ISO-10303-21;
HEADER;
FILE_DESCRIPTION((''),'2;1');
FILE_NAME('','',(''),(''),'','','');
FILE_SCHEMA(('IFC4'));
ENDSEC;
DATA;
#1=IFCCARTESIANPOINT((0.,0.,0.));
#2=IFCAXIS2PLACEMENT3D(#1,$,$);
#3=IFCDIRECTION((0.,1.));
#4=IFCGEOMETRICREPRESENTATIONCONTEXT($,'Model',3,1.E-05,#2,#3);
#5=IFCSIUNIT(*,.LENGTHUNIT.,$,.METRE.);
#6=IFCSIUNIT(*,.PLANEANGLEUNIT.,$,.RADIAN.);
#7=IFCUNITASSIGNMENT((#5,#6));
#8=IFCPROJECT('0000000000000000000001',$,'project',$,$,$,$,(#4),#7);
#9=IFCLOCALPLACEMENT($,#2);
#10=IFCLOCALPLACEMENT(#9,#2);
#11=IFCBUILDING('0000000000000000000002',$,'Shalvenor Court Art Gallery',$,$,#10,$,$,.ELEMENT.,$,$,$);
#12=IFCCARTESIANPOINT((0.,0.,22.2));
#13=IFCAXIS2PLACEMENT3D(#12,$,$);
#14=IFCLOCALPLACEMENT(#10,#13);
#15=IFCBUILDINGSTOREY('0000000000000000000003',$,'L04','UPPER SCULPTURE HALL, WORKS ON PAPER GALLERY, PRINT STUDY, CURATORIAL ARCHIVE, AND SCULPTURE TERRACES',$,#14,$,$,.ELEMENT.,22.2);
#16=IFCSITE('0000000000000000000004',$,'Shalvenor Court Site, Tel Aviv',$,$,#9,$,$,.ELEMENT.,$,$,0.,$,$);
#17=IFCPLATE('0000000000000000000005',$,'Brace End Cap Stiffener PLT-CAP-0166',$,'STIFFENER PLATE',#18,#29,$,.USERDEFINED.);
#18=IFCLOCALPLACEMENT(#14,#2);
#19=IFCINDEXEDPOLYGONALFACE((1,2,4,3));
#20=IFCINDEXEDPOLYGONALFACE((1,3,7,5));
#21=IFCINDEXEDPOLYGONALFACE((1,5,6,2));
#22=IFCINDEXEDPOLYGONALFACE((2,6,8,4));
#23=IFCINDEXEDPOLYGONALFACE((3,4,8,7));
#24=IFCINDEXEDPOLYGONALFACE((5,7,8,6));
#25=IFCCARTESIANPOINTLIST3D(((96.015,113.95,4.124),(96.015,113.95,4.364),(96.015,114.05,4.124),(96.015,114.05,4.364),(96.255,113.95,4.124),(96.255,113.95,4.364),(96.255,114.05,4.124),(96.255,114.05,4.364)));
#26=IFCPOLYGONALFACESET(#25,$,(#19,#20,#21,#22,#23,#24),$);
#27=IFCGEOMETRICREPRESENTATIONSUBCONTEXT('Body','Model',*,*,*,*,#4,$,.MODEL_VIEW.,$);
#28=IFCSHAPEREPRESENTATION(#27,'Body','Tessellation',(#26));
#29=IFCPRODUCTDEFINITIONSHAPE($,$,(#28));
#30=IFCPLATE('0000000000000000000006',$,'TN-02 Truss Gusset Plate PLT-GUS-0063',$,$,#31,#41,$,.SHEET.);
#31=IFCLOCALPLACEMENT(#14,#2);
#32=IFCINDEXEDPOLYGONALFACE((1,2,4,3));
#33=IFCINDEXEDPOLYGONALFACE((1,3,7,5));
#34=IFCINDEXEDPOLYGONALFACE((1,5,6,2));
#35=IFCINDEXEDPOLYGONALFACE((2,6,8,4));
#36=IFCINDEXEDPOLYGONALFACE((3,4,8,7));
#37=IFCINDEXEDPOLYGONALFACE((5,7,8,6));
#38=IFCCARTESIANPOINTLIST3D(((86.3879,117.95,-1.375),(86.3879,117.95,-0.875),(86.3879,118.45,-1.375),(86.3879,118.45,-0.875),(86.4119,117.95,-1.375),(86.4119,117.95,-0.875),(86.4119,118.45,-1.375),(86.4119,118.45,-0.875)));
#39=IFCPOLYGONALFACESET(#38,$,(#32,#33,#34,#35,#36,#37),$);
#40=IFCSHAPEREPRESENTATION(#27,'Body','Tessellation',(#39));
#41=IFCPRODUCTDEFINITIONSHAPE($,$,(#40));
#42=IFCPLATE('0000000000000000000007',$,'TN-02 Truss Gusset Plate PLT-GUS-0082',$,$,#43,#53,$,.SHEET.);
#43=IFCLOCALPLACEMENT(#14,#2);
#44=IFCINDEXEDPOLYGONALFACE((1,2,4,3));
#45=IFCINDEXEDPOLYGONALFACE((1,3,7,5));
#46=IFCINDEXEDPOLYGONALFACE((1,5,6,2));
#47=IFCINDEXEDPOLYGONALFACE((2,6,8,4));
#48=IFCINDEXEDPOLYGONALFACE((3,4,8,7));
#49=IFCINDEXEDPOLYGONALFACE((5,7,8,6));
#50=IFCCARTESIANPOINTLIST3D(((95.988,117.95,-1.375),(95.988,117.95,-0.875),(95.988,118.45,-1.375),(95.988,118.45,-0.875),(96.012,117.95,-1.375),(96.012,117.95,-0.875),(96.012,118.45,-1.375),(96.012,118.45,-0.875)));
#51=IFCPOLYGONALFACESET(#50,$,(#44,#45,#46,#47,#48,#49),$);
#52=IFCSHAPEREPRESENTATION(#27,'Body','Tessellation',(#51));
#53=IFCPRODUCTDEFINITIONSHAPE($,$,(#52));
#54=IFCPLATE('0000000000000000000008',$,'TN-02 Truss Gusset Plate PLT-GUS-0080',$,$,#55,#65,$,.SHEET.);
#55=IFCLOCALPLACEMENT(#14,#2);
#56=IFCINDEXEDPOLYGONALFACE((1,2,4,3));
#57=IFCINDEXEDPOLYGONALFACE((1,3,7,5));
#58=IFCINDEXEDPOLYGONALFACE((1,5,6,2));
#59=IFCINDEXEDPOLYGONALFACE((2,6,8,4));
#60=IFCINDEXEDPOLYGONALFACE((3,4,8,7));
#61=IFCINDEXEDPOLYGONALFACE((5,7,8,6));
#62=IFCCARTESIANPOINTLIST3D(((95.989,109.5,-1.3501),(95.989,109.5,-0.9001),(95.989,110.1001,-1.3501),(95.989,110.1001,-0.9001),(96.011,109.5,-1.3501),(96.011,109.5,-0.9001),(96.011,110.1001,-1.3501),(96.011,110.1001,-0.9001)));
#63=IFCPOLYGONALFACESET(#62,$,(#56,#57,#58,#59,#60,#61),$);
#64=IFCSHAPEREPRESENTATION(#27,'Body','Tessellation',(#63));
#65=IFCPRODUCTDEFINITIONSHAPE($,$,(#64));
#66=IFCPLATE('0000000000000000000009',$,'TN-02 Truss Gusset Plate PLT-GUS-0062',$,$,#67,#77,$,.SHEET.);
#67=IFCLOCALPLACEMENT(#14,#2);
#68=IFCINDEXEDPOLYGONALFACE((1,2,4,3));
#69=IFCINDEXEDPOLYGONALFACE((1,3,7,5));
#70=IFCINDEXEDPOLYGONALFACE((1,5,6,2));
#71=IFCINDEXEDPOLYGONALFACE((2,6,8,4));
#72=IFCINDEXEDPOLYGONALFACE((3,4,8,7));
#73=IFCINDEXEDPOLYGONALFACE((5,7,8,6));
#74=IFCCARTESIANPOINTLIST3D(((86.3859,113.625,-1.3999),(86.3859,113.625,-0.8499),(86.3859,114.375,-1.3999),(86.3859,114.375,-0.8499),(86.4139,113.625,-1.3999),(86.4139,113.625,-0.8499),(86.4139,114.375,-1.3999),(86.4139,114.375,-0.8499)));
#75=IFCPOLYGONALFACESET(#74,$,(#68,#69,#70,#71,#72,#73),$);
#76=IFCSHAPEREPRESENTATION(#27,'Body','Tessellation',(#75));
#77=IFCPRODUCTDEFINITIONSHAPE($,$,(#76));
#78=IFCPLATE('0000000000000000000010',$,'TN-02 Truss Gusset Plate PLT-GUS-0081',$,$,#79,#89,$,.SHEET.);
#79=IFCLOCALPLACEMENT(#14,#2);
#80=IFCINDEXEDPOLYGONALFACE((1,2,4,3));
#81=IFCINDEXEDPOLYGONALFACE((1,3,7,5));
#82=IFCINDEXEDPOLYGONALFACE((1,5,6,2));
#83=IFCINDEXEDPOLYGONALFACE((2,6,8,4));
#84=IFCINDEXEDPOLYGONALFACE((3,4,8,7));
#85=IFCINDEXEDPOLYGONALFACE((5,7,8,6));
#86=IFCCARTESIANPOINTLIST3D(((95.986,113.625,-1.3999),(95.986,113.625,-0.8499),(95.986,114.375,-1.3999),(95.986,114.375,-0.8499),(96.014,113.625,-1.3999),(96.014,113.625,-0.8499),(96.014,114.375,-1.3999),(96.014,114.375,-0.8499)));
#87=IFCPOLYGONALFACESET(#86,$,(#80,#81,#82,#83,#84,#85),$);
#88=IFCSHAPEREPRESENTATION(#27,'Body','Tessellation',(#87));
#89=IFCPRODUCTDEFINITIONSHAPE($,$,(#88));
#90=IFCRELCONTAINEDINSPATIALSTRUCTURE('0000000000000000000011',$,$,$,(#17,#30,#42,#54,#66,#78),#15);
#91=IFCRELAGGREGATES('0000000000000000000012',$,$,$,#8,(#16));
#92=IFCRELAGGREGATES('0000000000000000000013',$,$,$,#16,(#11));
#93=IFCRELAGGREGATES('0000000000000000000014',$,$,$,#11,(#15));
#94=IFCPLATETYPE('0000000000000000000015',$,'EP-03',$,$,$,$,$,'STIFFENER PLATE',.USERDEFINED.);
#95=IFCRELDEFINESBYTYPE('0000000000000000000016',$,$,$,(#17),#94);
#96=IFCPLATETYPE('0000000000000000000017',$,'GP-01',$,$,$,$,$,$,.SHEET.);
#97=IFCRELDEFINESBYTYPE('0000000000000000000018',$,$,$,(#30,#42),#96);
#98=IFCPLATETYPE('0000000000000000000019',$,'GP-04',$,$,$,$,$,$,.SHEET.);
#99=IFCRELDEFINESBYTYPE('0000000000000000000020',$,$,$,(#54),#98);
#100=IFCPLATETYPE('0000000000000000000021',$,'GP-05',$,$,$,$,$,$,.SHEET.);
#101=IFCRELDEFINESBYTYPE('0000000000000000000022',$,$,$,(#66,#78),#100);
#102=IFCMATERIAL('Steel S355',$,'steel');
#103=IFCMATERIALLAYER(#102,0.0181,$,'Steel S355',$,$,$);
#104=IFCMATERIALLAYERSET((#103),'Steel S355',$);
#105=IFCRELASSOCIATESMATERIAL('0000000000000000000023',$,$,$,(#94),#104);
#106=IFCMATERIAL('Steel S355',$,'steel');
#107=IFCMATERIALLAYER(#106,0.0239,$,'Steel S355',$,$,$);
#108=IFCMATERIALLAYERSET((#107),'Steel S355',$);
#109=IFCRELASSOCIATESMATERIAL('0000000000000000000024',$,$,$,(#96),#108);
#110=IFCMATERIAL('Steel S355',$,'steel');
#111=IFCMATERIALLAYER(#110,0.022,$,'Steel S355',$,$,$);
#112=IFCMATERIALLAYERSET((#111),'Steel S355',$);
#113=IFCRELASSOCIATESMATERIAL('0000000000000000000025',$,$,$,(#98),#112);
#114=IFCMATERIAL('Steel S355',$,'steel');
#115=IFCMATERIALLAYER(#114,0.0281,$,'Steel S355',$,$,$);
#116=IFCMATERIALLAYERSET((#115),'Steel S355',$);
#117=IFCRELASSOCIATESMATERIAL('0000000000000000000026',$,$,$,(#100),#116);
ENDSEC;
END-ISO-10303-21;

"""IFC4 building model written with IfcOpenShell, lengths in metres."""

from ifc_helpers import new_model, si_unit, direction, frame, origin, origin_2d, place, context, subcontext, project, spatial, rectangle, extrude, material, layer, layer_set, type_object, element, save


model = new_model("IFC4")

# Units and contexts
model_context = context("Model", 3, precision=1e-05, world=origin(), true_north=direction((0.0, 1.0)))
body_context = subcontext(model_context, "Body", "Model", "MODEL_VIEW")
ifc_project = project(units=[si_unit("LENGTHUNIT", "METRE"), si_unit("PLANEANGLEUNIT", "RADIAN")], contexts=[model_context])

# Site, building, storey
site_placement = place(None, origin())
site = spatial("IfcSite", under=ifc_project, at=site_placement, Name="Shalvenor Court Site, Tel Aviv", CompositionType="ELEMENT", RefElevation=0.0)
building_placement = place(site_placement, origin())
building = spatial("IfcBuilding", under=site, at=building_placement, Name="Shalvenor Court Art Gallery", CompositionType="ELEMENT")
storey_placement = place(building_placement, frame((0.0, 0.0, 22.2)))
storey = spatial("IfcBuildingStorey", under=building, at=storey_placement, Name="L04", Description="UPPER SCULPTURE HALL, WORKS ON PAPER GALLERY, PRINT STUDY, CURATORIAL ARCHIVE, AND SCULPTURE TERRACES", CompositionType="ELEMENT", Elevation=22.2)

# Plates
ifc_material_1 = material(Name="Steel S355", Category="steel")
ifc_layer_1 = layer(ifc_material_1, 0.0181, Name="Steel S355")
ifc_layer_set_1 = layer_set([ifc_layer_1], Name="Steel S355")
plate_type_1 = type_object("IfcPlateType", Name="EP-03", ElementType="STIFFENER PLATE", PredefinedType="USERDEFINED", material=ifc_layer_set_1)
plate_1_placement = place(storey_placement, frame((96.135, 114.0, 4.124), z_axis=(0.0, 0.0, 1.0), x_axis=(1.0, 0.0, 0.0)))
element("IfcPlate", 1, at=plate_1_placement, inside=storey, type_object=plate_type_1, Name="Brace End Cap Stiffener PLT-CAP-0166", ObjectType="STIFFENER PLATE", PredefinedType="USERDEFINED", context=body_context, shape_type="SweptSolid", body=[
    extrude(rectangle(XDim=0.24, YDim=0.1001, at=origin_2d()), origin(), (0.0, 0.0, 1.0), 0.24),
])
ifc_material_2 = material(Name="Steel S355", Category="steel")
ifc_layer_2 = layer(ifc_material_2, 0.0239, Name="Steel S355")
ifc_layer_set_2 = layer_set([ifc_layer_2], Name="Steel S355")
plate_type_2 = type_object("IfcPlateType", Name="GP-01", PredefinedType="SHEET", material=ifc_layer_set_2)
for number, where, z_axis, x_axis, name in (
    (2, (86.3999, 118.2, -1.375), (0.0, 0.0, 1.0), (0.0, 1.0, 0.0), "TN-02 Truss Gusset Plate PLT-GUS-0063"),
    (3, (96.0, 118.2, -1.375), (0.0, 0.0, 1.0), (0.0, 1.0, 0.0), "TN-02 Truss Gusset Plate PLT-GUS-0082"),
):
    element("IfcPlate", number, at=place(storey_placement, frame(where, z_axis=z_axis, x_axis=x_axis)), inside=storey, type_object=plate_type_2, Name=name, PredefinedType="SHEET", context=body_context, shape_type="SweptSolid", body=[
        extrude(rectangle(XDim=0.5, YDim=0.0239, at=origin_2d()), origin(), (0.0, 0.0, 1.0), 0.5),
    ])
ifc_material_3 = material(Name="Steel S355", Category="steel")
ifc_layer_3 = layer(ifc_material_3, 0.022, Name="Steel S355")
ifc_layer_set_3 = layer_set([ifc_layer_3], Name="Steel S355")
plate_type_3 = type_object("IfcPlateType", Name="GP-04", PredefinedType="SHEET", material=ifc_layer_set_3)
plate_2_placement = place(storey_placement, frame((96.0, 109.8, -1.3501), z_axis=(0.0, 0.0, 1.0), x_axis=(0.0, 1.0, 0.0)))
element("IfcPlate", 4, at=plate_2_placement, inside=storey, type_object=plate_type_3, Name="TN-02 Truss Gusset Plate PLT-GUS-0080", PredefinedType="SHEET", context=body_context, shape_type="SweptSolid", body=[
    extrude(rectangle(XDim=0.6001, YDim=0.022, at=origin_2d()), origin(), (0.0, 0.0, 1.0), 0.45),
])
ifc_material_4 = material(Name="Steel S355", Category="steel")
ifc_layer_4 = layer(ifc_material_4, 0.0281, Name="Steel S355")
ifc_layer_set_4 = layer_set([ifc_layer_4], Name="Steel S355")
plate_type_4 = type_object("IfcPlateType", Name="GP-05", PredefinedType="SHEET", material=ifc_layer_set_4)
for number, where, z_axis, x_axis, name in (
    (5, (86.3999, 114.0, -1.3999), (0.0, 0.0, 1.0), (0.0, 1.0, 0.0), "TN-02 Truss Gusset Plate PLT-GUS-0062"),
    (6, (96.0, 114.0, -1.3999), (0.0, 0.0, 1.0), (0.0, 1.0, 0.0), "TN-02 Truss Gusset Plate PLT-GUS-0081"),
):
    element("IfcPlate", number, at=place(storey_placement, frame(where, z_axis=z_axis, x_axis=x_axis)), inside=storey, type_object=plate_type_4, Name=name, PredefinedType="SHEET", context=body_context, shape_type="SweptSolid", body=[
        extrude(rectangle(XDim=0.75, YDim=0.0281, at=origin_2d()), origin(), (0.0, 0.0, 1.0), 0.55),
    ])

save(model, "model.ifc")
